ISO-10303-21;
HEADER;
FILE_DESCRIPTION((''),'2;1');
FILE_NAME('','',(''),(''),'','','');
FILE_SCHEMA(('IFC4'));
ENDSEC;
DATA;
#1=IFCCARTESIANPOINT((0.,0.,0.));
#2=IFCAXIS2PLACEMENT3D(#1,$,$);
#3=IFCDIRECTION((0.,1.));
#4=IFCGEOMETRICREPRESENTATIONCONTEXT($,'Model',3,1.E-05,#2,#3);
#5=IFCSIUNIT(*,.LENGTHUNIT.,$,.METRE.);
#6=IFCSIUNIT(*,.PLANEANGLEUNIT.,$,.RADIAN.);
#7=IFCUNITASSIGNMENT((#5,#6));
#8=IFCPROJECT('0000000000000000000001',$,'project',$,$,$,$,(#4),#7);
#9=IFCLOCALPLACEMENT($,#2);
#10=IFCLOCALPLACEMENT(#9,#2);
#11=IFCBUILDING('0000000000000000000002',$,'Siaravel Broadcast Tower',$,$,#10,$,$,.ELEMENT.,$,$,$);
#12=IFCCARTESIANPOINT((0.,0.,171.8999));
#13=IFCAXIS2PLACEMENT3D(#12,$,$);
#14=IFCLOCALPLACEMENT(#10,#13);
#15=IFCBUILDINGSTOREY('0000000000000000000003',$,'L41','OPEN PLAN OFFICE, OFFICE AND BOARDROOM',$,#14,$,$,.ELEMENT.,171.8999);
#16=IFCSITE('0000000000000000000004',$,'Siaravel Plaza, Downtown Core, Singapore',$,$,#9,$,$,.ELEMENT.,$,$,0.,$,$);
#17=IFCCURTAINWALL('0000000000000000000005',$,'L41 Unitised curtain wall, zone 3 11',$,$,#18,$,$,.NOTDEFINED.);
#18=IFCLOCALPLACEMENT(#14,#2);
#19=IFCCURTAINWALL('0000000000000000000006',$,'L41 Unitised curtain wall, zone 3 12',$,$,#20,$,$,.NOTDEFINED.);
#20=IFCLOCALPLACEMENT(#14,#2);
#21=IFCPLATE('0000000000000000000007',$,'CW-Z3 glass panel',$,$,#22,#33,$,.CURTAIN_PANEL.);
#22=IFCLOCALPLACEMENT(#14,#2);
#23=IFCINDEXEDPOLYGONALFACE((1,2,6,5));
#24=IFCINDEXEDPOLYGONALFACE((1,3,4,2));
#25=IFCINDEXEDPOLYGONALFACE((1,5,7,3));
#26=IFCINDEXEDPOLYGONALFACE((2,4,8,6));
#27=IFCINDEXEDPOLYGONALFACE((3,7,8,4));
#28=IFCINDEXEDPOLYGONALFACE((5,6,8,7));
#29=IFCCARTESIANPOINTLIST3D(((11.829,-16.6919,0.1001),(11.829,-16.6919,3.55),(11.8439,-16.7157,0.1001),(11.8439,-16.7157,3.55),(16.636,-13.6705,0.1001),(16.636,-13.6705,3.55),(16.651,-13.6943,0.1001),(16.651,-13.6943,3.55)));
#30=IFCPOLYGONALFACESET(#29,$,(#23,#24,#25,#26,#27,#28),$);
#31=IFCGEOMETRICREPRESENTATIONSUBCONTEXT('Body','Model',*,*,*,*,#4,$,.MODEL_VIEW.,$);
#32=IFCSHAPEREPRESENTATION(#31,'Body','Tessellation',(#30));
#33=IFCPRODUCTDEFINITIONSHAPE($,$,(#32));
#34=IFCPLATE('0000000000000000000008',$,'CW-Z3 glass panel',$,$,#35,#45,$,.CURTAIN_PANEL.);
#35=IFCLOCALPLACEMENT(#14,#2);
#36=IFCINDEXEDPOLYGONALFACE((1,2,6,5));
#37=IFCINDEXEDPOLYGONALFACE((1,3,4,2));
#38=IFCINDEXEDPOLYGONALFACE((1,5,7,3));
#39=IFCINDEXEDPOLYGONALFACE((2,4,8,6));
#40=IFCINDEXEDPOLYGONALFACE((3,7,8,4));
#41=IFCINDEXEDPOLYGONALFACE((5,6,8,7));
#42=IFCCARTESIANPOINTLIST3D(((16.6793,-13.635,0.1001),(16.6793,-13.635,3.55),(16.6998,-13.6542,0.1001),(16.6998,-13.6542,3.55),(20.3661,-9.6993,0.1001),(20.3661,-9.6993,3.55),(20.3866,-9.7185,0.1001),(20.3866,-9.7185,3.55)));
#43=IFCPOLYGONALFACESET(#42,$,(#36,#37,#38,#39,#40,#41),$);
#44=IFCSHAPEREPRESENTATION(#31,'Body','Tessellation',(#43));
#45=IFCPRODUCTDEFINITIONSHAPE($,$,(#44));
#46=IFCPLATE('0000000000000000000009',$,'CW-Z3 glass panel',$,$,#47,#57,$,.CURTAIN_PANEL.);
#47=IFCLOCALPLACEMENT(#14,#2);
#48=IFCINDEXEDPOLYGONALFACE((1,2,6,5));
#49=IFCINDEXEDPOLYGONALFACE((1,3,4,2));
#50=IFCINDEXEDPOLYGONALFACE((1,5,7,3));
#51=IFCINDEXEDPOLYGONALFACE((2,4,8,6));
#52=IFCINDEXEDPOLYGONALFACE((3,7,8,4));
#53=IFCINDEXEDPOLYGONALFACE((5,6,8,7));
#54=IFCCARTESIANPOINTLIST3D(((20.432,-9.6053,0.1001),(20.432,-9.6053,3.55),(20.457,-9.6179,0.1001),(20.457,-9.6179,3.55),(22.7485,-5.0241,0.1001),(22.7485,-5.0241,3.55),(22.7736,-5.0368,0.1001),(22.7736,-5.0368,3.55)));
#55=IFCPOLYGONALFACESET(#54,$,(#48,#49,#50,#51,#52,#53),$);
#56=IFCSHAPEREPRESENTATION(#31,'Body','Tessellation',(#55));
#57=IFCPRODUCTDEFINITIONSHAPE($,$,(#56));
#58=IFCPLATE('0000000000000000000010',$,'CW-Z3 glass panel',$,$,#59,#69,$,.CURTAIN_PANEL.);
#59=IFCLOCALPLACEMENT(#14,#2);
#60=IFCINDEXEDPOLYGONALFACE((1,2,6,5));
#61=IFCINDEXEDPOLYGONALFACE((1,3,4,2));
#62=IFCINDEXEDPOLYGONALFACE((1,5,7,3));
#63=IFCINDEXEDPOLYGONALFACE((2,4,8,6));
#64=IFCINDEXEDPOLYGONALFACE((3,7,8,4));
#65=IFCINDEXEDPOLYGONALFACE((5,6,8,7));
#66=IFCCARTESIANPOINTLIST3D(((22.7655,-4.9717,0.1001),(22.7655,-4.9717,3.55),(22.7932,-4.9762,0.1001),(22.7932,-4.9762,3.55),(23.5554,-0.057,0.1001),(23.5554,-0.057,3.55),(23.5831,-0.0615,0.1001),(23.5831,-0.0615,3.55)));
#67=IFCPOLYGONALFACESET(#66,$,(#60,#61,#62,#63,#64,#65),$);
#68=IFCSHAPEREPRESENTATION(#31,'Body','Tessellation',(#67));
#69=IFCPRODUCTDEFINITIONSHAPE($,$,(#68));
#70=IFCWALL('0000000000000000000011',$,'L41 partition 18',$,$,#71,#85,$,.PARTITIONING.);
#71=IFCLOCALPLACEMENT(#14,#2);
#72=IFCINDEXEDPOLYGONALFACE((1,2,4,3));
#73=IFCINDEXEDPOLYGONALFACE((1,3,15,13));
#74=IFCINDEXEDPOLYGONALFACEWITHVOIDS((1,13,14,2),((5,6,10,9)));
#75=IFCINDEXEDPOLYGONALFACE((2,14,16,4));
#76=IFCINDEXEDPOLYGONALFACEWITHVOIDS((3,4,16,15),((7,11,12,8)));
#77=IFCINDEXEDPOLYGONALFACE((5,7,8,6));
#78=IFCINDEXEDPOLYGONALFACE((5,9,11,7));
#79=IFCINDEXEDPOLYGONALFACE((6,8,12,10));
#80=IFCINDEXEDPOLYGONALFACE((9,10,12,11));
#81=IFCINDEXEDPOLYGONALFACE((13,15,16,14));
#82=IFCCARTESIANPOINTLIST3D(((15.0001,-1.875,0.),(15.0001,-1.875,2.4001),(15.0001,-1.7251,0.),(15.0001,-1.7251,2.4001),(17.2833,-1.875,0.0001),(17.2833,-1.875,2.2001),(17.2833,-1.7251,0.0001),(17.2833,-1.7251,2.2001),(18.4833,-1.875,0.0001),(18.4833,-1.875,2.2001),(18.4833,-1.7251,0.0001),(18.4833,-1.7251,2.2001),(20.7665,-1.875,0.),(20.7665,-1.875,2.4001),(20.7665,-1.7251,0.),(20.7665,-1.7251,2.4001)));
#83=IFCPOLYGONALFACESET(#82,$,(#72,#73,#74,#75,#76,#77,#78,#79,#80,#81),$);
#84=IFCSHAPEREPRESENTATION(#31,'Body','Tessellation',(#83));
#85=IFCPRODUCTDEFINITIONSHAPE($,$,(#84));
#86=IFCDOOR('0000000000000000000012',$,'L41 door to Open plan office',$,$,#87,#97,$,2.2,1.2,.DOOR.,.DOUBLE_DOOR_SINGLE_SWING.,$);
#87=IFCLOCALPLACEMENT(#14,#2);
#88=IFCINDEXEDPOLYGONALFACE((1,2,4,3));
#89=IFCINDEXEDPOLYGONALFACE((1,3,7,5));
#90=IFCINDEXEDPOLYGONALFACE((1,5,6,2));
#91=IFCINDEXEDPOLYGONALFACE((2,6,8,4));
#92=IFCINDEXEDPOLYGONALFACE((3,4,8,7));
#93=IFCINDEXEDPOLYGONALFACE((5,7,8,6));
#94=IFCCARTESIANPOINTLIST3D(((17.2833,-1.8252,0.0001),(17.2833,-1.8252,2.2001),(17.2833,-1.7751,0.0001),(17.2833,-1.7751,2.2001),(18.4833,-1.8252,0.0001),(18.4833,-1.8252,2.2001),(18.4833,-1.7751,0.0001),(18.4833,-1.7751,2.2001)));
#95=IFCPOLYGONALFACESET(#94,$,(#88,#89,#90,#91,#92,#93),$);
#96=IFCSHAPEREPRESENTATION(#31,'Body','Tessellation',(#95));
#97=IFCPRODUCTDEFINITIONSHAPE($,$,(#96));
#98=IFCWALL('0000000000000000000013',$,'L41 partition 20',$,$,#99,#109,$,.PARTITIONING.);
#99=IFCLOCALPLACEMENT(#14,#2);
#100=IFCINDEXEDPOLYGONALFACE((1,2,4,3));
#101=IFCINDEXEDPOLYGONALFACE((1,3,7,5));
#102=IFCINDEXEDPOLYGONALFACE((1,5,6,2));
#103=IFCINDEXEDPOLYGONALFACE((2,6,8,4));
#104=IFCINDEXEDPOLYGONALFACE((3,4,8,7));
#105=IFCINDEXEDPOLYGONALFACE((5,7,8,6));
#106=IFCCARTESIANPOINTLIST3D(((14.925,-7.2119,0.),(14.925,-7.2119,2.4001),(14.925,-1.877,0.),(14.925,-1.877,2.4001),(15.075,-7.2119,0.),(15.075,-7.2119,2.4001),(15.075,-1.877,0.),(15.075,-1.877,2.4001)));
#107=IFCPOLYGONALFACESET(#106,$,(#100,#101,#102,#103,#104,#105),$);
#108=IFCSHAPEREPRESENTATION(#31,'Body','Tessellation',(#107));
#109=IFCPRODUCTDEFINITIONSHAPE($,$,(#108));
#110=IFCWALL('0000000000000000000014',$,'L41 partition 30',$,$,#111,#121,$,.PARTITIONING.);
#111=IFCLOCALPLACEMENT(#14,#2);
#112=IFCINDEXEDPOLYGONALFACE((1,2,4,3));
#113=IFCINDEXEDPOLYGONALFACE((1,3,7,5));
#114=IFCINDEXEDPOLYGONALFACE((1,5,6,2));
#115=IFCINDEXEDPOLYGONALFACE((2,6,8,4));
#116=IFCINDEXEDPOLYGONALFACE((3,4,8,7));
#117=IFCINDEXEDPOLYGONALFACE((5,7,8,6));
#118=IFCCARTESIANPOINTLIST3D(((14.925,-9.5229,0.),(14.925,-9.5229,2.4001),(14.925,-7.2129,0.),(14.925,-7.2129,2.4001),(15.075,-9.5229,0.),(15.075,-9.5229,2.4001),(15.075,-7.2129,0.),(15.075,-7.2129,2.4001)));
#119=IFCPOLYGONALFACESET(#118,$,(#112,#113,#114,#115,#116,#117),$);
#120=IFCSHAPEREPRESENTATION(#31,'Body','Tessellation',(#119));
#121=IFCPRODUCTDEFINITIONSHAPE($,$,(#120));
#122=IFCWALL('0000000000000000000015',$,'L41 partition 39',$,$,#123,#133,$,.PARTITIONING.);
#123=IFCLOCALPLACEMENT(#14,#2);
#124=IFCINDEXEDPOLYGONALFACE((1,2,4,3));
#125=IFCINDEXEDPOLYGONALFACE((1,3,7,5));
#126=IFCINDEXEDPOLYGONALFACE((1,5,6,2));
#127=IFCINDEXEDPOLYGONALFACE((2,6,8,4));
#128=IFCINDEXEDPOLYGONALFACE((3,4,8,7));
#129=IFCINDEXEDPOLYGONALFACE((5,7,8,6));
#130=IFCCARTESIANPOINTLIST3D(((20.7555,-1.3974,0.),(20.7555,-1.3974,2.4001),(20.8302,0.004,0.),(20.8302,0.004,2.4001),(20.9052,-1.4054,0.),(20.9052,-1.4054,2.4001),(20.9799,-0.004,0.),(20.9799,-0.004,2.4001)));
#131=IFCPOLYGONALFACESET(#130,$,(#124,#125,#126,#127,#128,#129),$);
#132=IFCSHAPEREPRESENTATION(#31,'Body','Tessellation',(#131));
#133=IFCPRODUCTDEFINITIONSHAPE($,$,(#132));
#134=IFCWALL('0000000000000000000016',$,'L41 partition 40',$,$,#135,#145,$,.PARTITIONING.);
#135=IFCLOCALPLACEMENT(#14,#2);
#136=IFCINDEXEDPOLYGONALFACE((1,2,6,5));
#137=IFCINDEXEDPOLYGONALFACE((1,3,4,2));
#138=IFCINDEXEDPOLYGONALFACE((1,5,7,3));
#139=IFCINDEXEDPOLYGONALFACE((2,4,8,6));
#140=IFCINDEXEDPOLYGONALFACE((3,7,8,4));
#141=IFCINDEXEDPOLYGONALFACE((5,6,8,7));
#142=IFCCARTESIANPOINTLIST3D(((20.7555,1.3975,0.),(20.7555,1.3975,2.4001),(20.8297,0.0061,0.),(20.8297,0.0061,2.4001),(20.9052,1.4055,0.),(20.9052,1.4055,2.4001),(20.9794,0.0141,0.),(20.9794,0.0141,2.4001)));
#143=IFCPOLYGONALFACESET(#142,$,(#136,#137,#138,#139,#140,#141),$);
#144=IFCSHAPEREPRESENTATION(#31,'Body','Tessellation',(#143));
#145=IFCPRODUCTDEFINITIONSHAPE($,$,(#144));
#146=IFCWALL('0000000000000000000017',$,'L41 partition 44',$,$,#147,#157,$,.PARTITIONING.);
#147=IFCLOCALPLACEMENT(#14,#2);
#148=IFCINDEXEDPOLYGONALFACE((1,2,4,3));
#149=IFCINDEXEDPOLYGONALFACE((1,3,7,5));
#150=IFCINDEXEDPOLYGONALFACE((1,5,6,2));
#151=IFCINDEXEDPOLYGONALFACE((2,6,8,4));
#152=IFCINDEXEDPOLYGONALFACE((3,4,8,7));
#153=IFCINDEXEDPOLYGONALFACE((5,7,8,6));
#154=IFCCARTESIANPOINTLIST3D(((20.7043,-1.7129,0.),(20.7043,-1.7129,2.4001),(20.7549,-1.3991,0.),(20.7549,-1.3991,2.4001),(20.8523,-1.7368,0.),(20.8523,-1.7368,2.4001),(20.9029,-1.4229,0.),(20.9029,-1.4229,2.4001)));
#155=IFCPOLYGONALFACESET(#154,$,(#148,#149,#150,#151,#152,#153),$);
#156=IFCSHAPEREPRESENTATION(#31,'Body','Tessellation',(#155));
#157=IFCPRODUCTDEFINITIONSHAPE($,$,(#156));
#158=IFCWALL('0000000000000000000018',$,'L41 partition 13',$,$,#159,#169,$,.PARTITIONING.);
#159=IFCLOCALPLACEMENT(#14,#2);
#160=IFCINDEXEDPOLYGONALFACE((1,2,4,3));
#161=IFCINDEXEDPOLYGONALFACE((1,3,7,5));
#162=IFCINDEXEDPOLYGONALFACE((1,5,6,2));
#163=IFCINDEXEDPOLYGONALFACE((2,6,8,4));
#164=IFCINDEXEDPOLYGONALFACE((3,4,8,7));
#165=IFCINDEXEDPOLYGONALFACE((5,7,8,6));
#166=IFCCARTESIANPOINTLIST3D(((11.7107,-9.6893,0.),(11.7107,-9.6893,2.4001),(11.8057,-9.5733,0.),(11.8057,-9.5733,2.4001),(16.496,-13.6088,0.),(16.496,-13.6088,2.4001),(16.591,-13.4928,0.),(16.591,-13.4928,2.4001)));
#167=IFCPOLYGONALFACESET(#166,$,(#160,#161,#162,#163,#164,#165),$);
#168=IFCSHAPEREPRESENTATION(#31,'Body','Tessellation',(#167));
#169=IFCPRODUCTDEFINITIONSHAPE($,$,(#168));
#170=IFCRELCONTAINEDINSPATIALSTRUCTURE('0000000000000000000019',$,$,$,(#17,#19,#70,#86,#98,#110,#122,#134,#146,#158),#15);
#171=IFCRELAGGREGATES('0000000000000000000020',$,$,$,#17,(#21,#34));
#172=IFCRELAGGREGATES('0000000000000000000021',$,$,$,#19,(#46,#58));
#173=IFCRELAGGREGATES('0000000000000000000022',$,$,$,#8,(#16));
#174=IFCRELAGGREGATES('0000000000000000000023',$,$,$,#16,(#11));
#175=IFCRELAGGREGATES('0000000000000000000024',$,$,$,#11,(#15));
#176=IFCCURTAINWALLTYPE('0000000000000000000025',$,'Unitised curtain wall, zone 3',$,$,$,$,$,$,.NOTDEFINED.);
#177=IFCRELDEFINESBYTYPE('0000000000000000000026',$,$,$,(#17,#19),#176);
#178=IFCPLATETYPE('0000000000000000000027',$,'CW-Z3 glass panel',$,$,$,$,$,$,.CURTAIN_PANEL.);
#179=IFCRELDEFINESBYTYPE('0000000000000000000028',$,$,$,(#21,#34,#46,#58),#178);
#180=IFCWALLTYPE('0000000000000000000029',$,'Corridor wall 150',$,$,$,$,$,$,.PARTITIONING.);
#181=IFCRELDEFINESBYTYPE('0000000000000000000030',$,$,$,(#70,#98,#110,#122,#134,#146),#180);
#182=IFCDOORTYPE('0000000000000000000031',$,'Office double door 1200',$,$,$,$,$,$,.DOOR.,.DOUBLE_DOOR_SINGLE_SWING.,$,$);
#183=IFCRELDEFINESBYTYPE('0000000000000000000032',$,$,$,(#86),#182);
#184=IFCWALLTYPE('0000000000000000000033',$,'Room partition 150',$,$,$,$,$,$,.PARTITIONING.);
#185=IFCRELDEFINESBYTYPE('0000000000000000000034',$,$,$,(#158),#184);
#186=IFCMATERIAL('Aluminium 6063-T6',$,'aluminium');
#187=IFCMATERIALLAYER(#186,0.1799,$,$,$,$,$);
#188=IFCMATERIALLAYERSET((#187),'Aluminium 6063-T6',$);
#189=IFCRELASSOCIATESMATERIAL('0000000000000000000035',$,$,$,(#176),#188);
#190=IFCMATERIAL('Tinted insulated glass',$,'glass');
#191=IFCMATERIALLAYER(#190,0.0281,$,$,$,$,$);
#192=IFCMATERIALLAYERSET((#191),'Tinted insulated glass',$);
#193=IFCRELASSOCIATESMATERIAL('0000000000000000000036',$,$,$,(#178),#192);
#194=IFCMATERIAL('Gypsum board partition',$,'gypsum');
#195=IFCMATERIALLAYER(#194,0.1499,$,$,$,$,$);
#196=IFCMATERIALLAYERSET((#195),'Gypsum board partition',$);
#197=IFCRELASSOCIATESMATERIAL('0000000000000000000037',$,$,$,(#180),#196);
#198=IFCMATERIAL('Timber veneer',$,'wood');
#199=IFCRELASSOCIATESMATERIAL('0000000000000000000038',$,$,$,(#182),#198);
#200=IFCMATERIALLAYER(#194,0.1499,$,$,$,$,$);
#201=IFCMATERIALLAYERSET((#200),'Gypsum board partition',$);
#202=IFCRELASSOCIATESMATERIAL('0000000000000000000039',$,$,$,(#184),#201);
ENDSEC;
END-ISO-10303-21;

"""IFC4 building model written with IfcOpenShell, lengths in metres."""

from ifc_helpers import new_model, si_unit, direction, frame, frame_2d, origin, origin_2d, place, context, subcontext, project, spatial, rectangle, extrude, material, layer, layer_set, type_object, element, fill, aggregate, save


model = new_model("IFC4")

# Units and contexts
model_context = context("Model", 3, precision=1e-05, world=origin(), true_north=direction((0.0, 1.0)))
body_context = subcontext(model_context, "Body", "Model", "MODEL_VIEW")
ifc_project = project(units=[si_unit("LENGTHUNIT", "METRE"), si_unit("PLANEANGLEUNIT", "RADIAN")], contexts=[model_context])

# Site, building, storey
site_placement = place(None, origin())
site = spatial("IfcSite", under=ifc_project, at=site_placement, Name="Siaravel Plaza, Downtown Core, Singapore", CompositionType="ELEMENT", RefElevation=0.0)
building_placement = place(site_placement, origin())
building = spatial("IfcBuilding", under=site, at=building_placement, Name="Siaravel Broadcast Tower", CompositionType="ELEMENT")
storey_placement = place(building_placement, frame((0.0, 0.0, 171.8999)))
storey = spatial("IfcBuildingStorey", under=building, at=storey_placement, Name="L41", Description="OPEN PLAN OFFICE, OFFICE AND BOARDROOM", CompositionType="ELEMENT", Elevation=171.8999)

# Shared definitions
ifc_material_1 = material(Name="Aluminium 6063-T6", Category="aluminium")
ifc_layer_1 = layer(ifc_material_1, 0.1799)
ifc_layer_set_1 = layer_set([ifc_layer_1], Name="Aluminium 6063-T6")
curtain_wall_type = type_object("IfcCurtainWallType", Name="Unitised curtain wall, zone 3", PredefinedType="NOTDEFINED", material=ifc_layer_set_1)

# Curtain walls
curtain_wall_1_placement = place(storey_placement, origin())
curtain_wall_1 = element("IfcCurtainWall", 1, at=curtain_wall_1_placement, inside=storey, type_object=curtain_wall_type, Name="L41 Unitised curtain wall, zone 3 11", PredefinedType="NOTDEFINED")
curtain_wall_2_placement = place(storey_placement, origin())
curtain_wall_2 = element("IfcCurtainWall", 2, at=curtain_wall_2_placement, inside=storey, type_object=curtain_wall_type, Name="L41 Unitised curtain wall, zone 3 12", PredefinedType="NOTDEFINED")

# Plates
ifc_material_2 = material(Name="Tinted insulated glass", Category="glass")
ifc_layer_2 = layer(ifc_material_2, 0.0281)
ifc_layer_set_2 = layer_set([ifc_layer_2], Name="Tinted insulated glass")
plate_type = type_object("IfcPlateType", Name="CW-Z3 glass panel", PredefinedType="CURTAIN_PANEL", material=ifc_layer_set_2)
plate_1_placement = place(storey_placement, frame((14.24, -15.1931, 0.1001), z_axis=(0.0, 0.0, 1.0), x_axis=(0.846651, 0.532149, 0.0)))
plate_1 = element("IfcPlate", 3, at=plate_1_placement, type_object=plate_type, Name="CW-Z3 glass panel", PredefinedType="CURTAIN_PANEL", context=body_context, shape_type="SweptSolid", body=[
    extrude(rectangle(XDim=5.6777, YDim=0.0281, at=origin_2d()), origin(), (0.0, 0.0, 1.0), 3.45),
])
plate_2_placement = place(storey_placement, frame((18.533, -11.6768, 0.1001), z_axis=(0.0, 0.0, 1.0), x_axis=(0.683655, 0.729805, 0.0)))
plate_2 = element("IfcPlate", 4, at=plate_2_placement, type_object=plate_type, Name="CW-Z3 glass panel", PredefinedType="CURTAIN_PANEL", context=body_context, shape_type="SweptSolid", body=[
    extrude(rectangle(XDim=5.3928, YDim=0.0281, at=origin_2d()), origin(), (0.0, 0.0, 1.0), 3.45),
])
aggregate(curtain_wall_1, [plate_1, plate_2])
plate_3_placement = place(storey_placement, frame((21.6028, -7.321, 0.1001), z_axis=(0.0, 0.0, 1.0), x_axis=(0.451261, 0.892392, 0.0)))
plate_3 = element("IfcPlate", 5, at=plate_3_placement, type_object=plate_type, Name="CW-Z3 glass panel", PredefinedType="CURTAIN_PANEL", context=body_context, shape_type="SweptSolid", body=[
    extrude(rectangle(XDim=5.1335, YDim=0.0281, at=origin_2d()), origin(), (0.0, 0.0, 1.0), 3.45),
])
plate_4_placement = place(storey_placement, frame((23.1743, -2.5166, 0.1001), z_axis=(0.0, 0.0, 1.0), x_axis=(0.158686, 0.987329, 0.0)))
plate_4 = element("IfcPlate", 6, at=plate_4_placement, type_object=plate_type, Name="CW-Z3 glass panel", PredefinedType="CURTAIN_PANEL", context=body_context, shape_type="SweptSolid", body=[
    extrude(rectangle(XDim=4.9778, YDim=0.0281, at=origin_2d()), origin(), (0.0, 0.0, 1.0), 3.45),
])
aggregate(curtain_wall_2, [plate_3, plate_4])

# Wall, opening, door
ifc_material_3 = material(Name="Gypsum board partition", Category="gypsum")
ifc_layer_3 = layer(ifc_material_3, 0.1499)
ifc_layer_set_3 = layer_set([ifc_layer_3], Name="Gypsum board partition")
wall_type_1 = type_object("IfcWallType", Name="Corridor wall 150", PredefinedType="PARTITIONING", material=ifc_layer_set_3)
wall_1_placement = place(storey_placement, frame((15.0, -1.8, 0.0), z_axis=(0.0, 0.0, 1.0), x_axis=(1.0, 0.0, 0.0)))
wall_1 = element("IfcWall", 7, at=wall_1_placement, inside=storey, type_object=wall_type_1, Name="L41 partition 18", PredefinedType="PARTITIONING", context=body_context, shape_type="SweptSolid", body=[
    extrude(rectangle(XDim=5.7664, YDim=0.1499, at=frame_2d((2.8833, 0.0))), origin(), (0.0, 0.0, 1.0), 2.4001),
])
opening_placement = place(wall_1_placement, frame((2.2832, 0.0, 0.0)))
opening = element("IfcOpeningElement", 8, at=opening_placement, cuts=wall_1, PredefinedType="OPENING", context=body_context, shape_type="SweptSolid", body=[
    extrude(rectangle(XDim=1.2, YDim=2.2, at=frame_2d((0.6001, 1.1001))), frame((0.0, 0.085, 0.0), z_axis=(0.0, -1.0, 0.0), x_axis=(1.0, 0.0, 0.0)), (0.0, 0.0, 1.0), 0.1699),
])
ifc_material_4 = material(Name="Timber veneer", Category="wood")
door_type = type_object("IfcDoorType", Name="Office double door 1200", OperationType="DOUBLE_DOOR_SINGLE_SWING", PredefinedType="DOOR", material=ifc_material_4)
door_placement = place(opening_placement, origin())
door = element("IfcDoor", 9, at=door_placement, inside=storey, type_object=door_type, Name="L41 door to Open plan office", OperationType="DOUBLE_DOOR_SINGLE_SWING", OverallHeight=2.2, OverallWidth=1.2, PredefinedType="DOOR", context=body_context, shape_type="SweptSolid", body=[
    extrude(rectangle(XDim=1.2, YDim=2.2, at=frame_2d((0.6001, 1.1001))), frame((0.0, 0.0249, 0.0), z_axis=(0.0, -1.0, 0.0), x_axis=(1.0, 0.0, 0.0)), (0.0, 0.0, 1.0), 0.05),
])
fill(opening, door)

# Walls
wall_2_placement = place(storey_placement, frame((15.0, -7.2119, 0.0), z_axis=(0.0, 0.0, 1.0), x_axis=(0.0, 1.0, 0.0)))
element("IfcWall", 10, at=wall_2_placement, inside=storey, type_object=wall_type_1, Name="L41 partition 20", PredefinedType="PARTITIONING", context=body_context, shape_type="SweptSolid", body=[
    extrude(rectangle(XDim=5.335, YDim=0.1499, at=frame_2d((2.6675, 0.0))), origin(), (0.0, 0.0, 1.0), 2.4001),
])
wall_3_placement = place(storey_placement, frame((15.0, -9.5229, 0.0), z_axis=(0.0, 0.0, 1.0), x_axis=(0.0, 1.0, 0.0)))
element("IfcWall", 11, at=wall_3_placement, inside=storey, type_object=wall_type_1, Name="L41 partition 30", PredefinedType="PARTITIONING", context=body_context, shape_type="SweptSolid", body=[
    extrude(rectangle(XDim=2.3101, YDim=0.1499, at=frame_2d((1.155, 0.0))), origin(), (0.0, 0.0, 1.0), 2.4001),
])
wall_4_placement = place(storey_placement, frame((20.8303, -1.4014, 0.0), z_axis=(0.0, 0.0, 1.0), x_axis=(0.053235, 0.998582, 0.0)))
element("IfcWall", 12, at=wall_4_placement, inside=storey, type_object=wall_type_1, Name="L41 partition 39", PredefinedType="PARTITIONING", context=body_context, shape_type="SweptSolid", body=[
    extrude(rectangle(XDim=1.4033, YDim=0.1499, at=frame_2d((0.7017, 0.0))), origin(), (0.0, 0.0, 1.0), 2.4001),
])
wall_5_placement = place(storey_placement, frame((20.9045, 0.01, 0.0), z_axis=(0.0, 0.0, 1.0), x_axis=(-0.053267, 0.99858, 0.0)))
element("IfcWall", 13, at=wall_5_placement, inside=storey, type_object=wall_type_1, Name="L41 partition 40", PredefinedType="PARTITIONING", context=body_context, shape_type="SweptSolid", body=[
    extrude(rectangle(XDim=1.3933, YDim=0.1499, at=frame_2d((0.6968, 0.0))), origin(), (0.0, 0.0, 1.0), 2.4001),
])
wall_6_placement = place(storey_placement, frame((20.7783, -1.7249, 0.0), z_axis=(0.0, 0.0, 1.0), x_axis=(0.159039, 0.987272, 0.0)))
element("IfcWall", 14, at=wall_6_placement, inside=storey, type_object=wall_type_1, Name="L41 partition 44", PredefinedType="PARTITIONING", context=body_context, shape_type="SweptSolid", body=[
    extrude(rectangle(XDim=0.3179, YDim=0.1499, at=frame_2d((0.1589, 0.0))), origin(), (0.0, 0.0, 1.0), 2.4001),
])
ifc_layer_4 = layer(ifc_material_3, 0.1499)
ifc_layer_set_4 = layer_set([ifc_layer_4], Name="Gypsum board partition")
wall_type_2 = type_object("IfcWallType", Name="Room partition 150", PredefinedType="PARTITIONING", material=ifc_layer_set_4)
wall_7_placement = place(storey_placement, frame((16.5435, -13.5508, 0.0), z_axis=(0.0, 0.0, 1.0), x_axis=(-0.773616, 0.633655, 0.0)))
element("IfcWall", 15, at=wall_7_placement, inside=storey, type_object=wall_type_2, Name="L41 partition 13", PredefinedType="PARTITIONING", context=body_context, shape_type="SweptSolid", body=[
    extrude(rectangle(XDim=6.1855, YDim=0.1499, at=frame_2d((3.0928, 0.0))), origin(), (0.0, 0.0, 1.0), 2.4001),
])

save(model, "model.ifc")
